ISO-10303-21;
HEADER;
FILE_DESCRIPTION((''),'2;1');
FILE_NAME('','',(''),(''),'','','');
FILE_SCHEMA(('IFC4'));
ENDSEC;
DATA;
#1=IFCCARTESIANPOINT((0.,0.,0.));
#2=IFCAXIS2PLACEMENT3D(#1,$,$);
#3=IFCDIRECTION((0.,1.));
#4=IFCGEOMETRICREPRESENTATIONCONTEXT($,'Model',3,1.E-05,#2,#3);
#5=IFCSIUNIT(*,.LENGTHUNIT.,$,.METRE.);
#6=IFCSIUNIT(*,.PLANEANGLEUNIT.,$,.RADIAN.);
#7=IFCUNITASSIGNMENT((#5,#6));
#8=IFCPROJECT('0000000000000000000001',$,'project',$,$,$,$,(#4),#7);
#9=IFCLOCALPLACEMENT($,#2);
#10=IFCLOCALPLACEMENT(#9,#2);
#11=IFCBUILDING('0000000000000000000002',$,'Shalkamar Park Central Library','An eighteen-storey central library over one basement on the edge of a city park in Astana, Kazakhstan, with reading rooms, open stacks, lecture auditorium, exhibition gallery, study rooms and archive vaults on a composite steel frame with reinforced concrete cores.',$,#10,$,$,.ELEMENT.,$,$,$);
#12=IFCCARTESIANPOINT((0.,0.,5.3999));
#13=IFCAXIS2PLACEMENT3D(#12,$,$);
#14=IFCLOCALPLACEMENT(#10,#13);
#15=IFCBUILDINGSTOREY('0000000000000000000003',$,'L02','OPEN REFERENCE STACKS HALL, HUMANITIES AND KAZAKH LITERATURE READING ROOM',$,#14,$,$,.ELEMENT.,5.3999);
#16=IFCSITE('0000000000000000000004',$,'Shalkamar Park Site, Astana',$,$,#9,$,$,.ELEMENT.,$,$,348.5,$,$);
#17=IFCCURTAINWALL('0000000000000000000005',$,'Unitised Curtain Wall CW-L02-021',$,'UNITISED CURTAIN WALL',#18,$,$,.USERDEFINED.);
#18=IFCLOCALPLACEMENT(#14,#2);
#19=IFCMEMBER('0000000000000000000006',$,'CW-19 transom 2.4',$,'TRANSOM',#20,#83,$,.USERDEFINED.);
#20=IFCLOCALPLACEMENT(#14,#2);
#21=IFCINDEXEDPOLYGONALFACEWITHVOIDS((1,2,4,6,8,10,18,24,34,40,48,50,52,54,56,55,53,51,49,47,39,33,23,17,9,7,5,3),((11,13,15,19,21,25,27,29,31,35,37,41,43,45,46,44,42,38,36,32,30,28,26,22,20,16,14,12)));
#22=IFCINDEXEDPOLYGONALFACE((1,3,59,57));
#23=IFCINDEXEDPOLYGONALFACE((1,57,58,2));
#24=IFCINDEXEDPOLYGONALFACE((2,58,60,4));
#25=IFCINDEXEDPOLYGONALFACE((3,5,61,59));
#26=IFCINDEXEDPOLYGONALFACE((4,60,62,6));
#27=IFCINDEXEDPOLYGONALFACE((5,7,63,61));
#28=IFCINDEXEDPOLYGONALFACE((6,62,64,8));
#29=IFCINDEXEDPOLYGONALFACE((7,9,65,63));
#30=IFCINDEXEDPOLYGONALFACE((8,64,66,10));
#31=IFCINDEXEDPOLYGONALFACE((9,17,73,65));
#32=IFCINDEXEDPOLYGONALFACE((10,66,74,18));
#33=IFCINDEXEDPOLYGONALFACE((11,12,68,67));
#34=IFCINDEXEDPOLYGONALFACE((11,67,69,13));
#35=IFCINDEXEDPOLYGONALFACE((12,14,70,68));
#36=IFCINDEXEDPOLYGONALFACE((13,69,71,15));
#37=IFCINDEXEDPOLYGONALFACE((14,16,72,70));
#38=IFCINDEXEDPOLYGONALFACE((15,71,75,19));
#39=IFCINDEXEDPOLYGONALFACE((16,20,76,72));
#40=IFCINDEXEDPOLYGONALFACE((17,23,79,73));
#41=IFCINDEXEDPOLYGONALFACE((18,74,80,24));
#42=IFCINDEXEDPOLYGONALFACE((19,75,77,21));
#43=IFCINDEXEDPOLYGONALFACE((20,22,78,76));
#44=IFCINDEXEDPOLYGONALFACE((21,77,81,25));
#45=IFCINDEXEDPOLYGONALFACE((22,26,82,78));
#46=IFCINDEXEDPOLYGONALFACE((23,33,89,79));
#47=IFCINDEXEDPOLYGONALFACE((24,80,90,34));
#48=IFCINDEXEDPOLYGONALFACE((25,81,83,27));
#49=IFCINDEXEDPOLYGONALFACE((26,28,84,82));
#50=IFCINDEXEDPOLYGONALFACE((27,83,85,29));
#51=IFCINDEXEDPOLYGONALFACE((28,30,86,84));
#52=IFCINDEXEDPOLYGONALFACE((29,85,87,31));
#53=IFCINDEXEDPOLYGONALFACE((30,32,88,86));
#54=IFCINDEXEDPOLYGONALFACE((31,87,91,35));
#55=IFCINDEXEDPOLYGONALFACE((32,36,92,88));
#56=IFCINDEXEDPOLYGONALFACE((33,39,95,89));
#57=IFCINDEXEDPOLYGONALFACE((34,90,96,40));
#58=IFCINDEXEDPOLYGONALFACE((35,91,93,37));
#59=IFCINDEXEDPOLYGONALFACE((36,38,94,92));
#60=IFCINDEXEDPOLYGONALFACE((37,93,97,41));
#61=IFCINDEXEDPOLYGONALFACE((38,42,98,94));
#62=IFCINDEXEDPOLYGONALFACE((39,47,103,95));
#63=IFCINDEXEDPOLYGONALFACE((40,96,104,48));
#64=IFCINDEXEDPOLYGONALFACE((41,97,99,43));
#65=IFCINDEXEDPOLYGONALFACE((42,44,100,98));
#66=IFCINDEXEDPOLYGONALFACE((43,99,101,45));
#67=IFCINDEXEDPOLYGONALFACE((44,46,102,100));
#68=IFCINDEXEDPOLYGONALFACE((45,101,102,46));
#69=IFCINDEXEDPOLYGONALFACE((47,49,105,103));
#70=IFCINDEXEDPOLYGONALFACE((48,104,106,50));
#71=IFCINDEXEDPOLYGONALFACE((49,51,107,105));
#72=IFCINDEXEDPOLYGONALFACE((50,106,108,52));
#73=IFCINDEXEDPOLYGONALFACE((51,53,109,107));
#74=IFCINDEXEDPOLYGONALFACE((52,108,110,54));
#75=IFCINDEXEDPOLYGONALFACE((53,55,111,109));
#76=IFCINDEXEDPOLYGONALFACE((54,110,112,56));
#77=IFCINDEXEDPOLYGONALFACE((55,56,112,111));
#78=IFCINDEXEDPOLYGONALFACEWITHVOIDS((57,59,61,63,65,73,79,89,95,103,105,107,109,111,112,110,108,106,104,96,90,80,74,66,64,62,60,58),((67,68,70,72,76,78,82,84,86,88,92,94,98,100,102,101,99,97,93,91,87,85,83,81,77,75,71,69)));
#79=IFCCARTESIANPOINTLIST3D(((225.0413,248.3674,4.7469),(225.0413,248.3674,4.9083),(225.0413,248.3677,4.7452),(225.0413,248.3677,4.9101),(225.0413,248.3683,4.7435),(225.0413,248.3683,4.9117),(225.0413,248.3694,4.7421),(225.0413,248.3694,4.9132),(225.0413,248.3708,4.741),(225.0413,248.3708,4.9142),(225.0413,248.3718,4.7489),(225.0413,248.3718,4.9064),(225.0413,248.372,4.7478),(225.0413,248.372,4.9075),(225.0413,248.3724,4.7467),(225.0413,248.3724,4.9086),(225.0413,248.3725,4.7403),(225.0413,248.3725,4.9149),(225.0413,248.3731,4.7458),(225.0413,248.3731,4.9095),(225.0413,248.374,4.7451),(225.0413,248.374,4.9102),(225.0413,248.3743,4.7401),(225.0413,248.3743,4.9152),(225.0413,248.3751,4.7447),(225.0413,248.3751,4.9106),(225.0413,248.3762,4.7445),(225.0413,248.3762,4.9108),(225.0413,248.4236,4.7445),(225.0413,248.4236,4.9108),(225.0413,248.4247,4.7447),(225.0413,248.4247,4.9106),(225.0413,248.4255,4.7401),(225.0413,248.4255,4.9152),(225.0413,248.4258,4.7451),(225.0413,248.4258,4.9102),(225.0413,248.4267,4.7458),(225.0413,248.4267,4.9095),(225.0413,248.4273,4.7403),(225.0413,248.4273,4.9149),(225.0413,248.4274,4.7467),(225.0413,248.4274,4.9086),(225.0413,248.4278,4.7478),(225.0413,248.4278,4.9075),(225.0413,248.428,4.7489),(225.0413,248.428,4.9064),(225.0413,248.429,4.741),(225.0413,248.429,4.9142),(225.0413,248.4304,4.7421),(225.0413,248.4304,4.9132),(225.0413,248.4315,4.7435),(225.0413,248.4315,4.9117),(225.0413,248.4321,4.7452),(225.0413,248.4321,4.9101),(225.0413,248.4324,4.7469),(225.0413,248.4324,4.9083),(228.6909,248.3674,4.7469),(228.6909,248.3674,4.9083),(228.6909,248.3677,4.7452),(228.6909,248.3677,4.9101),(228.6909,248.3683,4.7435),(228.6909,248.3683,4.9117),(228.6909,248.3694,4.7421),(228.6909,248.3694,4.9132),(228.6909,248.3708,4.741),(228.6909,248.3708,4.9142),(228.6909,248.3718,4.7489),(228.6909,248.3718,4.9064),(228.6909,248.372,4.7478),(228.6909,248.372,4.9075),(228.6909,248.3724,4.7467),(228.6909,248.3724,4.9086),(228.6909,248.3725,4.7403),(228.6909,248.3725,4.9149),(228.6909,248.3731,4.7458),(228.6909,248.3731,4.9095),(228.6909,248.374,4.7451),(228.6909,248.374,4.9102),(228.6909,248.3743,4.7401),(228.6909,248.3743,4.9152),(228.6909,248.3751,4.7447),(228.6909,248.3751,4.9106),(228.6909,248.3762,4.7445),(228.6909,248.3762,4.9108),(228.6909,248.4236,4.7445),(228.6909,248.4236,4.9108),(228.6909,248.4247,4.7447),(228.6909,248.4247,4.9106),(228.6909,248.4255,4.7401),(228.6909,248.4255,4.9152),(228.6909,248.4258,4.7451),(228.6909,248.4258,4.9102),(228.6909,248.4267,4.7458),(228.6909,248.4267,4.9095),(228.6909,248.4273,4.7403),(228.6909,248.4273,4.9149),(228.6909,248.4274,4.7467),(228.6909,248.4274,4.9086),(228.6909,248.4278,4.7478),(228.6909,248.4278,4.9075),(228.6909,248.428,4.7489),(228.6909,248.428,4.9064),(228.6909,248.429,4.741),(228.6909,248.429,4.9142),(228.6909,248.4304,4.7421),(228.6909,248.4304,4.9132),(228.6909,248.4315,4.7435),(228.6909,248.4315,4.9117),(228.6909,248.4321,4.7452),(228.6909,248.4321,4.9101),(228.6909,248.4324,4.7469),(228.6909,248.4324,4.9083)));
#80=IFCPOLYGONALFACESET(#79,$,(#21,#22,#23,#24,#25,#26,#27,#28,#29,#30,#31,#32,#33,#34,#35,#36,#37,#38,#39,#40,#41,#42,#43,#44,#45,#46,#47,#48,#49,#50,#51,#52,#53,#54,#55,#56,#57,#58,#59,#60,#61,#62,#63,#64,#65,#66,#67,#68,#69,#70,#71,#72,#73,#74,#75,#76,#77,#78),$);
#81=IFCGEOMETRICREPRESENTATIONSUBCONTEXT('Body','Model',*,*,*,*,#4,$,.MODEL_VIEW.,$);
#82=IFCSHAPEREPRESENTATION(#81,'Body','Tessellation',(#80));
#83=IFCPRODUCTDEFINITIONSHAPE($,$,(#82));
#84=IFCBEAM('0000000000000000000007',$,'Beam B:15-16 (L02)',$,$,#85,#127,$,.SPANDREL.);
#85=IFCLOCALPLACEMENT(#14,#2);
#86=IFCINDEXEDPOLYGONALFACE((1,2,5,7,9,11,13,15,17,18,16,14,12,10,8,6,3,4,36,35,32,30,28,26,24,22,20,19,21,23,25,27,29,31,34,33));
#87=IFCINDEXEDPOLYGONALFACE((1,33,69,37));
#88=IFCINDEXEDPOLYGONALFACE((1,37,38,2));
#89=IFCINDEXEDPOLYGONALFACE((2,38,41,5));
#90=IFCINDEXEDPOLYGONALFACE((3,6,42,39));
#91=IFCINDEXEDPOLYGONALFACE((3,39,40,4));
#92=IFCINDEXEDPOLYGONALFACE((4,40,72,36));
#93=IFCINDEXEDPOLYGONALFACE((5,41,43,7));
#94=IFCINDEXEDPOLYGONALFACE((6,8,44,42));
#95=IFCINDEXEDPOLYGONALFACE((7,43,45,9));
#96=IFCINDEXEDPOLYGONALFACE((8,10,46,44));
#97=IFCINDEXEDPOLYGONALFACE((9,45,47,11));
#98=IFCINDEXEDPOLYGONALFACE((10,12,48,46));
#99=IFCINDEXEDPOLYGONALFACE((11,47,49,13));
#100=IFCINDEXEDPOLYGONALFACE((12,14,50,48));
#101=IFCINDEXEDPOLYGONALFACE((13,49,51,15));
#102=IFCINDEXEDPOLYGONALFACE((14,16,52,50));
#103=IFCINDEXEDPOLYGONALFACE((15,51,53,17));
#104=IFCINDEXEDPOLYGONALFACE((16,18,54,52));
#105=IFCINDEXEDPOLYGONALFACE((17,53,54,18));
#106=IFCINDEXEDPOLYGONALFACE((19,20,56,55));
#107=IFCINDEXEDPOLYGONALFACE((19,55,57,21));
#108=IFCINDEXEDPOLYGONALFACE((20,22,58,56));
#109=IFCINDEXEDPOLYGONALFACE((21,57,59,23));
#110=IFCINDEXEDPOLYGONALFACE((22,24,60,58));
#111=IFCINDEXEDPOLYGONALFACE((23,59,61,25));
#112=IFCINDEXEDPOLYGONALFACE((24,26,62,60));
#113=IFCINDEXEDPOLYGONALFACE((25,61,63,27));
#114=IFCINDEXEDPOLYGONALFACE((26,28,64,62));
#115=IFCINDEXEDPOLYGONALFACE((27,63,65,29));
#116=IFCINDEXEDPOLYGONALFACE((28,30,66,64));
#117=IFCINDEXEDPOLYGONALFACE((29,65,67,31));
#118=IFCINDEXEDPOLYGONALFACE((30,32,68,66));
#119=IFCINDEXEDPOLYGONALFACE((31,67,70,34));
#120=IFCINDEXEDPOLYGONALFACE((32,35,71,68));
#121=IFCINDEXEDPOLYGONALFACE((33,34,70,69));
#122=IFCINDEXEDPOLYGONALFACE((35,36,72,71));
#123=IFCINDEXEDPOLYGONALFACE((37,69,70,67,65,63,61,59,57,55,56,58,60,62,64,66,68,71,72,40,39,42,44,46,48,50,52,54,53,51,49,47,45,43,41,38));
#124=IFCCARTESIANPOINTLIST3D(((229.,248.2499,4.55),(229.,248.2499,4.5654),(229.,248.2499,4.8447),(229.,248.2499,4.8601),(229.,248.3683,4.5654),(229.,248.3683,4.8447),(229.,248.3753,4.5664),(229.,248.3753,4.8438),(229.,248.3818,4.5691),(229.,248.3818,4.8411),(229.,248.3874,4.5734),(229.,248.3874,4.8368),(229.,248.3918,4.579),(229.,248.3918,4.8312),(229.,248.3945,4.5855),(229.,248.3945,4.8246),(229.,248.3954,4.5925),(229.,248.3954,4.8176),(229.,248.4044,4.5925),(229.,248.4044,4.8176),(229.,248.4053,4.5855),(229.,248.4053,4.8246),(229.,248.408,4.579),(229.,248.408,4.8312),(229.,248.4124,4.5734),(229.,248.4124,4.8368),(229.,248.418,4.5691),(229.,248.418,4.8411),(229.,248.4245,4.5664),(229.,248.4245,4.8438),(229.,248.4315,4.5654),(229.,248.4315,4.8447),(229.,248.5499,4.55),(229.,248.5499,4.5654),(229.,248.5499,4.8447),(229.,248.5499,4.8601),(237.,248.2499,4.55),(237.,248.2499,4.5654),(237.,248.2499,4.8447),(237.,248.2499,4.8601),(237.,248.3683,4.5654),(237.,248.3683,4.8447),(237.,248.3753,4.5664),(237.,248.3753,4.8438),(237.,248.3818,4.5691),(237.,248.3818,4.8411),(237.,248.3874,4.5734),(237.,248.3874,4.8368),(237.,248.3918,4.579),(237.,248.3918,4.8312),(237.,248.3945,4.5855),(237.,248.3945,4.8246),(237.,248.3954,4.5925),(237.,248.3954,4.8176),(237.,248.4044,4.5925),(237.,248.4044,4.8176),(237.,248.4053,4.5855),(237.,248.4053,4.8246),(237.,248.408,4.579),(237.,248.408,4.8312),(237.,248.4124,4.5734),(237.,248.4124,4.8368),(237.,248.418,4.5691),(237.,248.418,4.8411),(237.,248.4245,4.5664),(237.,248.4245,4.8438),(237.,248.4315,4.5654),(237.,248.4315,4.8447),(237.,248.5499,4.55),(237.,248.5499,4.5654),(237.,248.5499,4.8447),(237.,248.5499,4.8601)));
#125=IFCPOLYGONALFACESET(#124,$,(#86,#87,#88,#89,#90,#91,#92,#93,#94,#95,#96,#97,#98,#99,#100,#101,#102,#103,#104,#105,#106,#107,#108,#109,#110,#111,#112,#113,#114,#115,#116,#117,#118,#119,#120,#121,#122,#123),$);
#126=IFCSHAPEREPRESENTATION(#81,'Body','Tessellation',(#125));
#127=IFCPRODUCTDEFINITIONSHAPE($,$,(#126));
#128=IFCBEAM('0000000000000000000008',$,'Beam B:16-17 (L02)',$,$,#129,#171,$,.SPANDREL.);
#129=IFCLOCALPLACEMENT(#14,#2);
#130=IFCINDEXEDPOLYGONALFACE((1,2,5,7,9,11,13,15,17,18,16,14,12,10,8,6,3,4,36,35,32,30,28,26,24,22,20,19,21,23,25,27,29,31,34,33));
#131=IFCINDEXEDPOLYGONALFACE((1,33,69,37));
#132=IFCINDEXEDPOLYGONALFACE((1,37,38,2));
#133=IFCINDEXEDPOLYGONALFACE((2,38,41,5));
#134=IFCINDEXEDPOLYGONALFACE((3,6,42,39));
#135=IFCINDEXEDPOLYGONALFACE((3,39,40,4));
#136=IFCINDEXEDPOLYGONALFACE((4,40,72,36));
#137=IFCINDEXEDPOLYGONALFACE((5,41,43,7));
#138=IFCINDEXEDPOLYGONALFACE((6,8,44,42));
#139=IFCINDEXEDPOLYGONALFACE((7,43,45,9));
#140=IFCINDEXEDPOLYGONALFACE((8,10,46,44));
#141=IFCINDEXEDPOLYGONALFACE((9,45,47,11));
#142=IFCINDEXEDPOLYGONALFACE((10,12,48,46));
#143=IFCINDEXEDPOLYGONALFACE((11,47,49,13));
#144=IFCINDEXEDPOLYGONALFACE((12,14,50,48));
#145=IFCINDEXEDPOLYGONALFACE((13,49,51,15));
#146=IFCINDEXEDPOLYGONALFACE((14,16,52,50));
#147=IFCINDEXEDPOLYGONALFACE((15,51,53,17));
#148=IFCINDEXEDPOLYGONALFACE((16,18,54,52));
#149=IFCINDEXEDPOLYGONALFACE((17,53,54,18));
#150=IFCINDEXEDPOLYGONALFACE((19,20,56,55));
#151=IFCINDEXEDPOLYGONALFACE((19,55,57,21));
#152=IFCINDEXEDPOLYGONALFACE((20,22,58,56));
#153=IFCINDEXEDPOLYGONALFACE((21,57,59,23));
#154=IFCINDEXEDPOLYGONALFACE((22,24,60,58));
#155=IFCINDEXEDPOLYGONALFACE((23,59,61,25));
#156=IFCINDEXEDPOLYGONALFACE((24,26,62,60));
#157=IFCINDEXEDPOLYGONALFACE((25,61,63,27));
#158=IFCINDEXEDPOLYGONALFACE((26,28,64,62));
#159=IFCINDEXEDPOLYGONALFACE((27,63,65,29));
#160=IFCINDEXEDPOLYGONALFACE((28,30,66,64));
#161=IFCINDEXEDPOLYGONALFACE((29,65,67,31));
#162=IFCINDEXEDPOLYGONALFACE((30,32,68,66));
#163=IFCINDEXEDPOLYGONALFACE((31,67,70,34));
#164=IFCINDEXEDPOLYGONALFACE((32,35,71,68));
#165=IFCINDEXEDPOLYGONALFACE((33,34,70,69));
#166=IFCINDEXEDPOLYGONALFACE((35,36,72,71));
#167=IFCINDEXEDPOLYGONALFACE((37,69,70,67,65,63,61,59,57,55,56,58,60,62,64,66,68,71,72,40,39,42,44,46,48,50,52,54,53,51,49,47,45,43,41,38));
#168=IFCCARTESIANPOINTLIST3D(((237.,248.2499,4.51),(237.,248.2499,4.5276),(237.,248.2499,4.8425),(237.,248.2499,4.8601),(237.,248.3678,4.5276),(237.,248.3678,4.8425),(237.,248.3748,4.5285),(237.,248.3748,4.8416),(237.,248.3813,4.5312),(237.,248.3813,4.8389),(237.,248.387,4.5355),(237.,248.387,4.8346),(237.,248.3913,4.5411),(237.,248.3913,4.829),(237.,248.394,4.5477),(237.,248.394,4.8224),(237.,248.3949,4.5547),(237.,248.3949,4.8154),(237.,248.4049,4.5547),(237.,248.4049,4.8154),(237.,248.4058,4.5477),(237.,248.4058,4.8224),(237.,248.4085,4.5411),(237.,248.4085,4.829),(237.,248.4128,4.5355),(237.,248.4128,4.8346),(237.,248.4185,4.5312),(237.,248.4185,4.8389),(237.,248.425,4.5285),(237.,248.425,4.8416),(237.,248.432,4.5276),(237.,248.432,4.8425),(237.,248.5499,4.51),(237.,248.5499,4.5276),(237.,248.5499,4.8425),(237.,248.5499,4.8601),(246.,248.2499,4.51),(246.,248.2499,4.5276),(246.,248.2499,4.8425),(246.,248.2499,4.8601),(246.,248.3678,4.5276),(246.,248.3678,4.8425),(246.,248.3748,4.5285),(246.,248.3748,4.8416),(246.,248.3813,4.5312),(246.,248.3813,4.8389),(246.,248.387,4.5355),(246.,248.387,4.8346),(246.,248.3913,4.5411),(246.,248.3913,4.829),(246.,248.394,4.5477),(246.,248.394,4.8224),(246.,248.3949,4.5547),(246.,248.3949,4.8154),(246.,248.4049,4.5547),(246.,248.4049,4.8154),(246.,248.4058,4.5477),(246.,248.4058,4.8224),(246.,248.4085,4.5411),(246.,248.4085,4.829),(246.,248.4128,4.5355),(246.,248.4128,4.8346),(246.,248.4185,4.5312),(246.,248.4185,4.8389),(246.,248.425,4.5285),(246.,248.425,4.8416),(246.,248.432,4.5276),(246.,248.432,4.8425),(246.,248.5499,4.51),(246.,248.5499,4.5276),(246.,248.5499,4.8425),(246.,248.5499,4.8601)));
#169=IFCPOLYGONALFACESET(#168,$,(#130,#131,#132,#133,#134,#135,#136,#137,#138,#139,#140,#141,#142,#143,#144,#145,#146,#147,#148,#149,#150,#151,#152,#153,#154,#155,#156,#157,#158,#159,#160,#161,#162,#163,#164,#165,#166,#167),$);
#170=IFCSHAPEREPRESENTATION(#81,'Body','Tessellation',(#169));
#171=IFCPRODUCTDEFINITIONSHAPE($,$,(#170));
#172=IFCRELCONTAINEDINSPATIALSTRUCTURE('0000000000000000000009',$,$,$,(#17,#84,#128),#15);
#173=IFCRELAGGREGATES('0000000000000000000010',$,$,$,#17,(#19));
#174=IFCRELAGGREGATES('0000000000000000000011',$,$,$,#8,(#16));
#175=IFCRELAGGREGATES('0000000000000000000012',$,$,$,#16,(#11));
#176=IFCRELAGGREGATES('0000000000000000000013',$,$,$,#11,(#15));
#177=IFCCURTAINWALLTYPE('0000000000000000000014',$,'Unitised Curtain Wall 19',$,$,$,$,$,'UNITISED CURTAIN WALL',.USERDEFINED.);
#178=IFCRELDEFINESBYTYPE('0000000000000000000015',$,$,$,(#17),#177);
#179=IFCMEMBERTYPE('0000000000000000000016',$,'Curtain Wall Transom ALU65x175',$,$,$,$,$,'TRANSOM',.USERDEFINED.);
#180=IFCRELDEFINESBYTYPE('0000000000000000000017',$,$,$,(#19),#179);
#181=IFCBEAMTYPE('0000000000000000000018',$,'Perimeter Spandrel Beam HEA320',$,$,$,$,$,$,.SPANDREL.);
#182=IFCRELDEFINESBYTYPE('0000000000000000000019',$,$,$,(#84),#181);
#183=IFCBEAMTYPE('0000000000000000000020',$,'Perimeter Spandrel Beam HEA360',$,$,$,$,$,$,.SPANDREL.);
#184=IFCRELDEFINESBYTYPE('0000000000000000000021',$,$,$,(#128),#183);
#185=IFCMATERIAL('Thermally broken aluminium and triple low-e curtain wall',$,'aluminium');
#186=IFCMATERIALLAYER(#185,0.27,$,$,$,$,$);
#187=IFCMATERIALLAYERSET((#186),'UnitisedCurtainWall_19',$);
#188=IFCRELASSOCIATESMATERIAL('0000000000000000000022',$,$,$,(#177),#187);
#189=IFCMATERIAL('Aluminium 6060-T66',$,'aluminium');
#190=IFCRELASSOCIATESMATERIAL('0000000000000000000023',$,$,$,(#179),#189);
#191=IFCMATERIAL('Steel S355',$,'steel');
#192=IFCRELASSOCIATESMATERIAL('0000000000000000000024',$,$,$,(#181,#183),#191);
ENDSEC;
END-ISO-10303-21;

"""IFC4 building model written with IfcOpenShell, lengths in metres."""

from ifc_helpers import new_model, si_unit, direction, frame, origin, origin_2d, place, context, subcontext, project, spatial, hollow_rectangle, i_section, extrude, material, layer, layer_set, material_profile, profile_set, type_object, element, aggregate, save


model = new_model("IFC4")

# Units and contexts
model_context = context("Model", 3, precision=1e-05, world=origin(), true_north=direction((0.0, 1.0)))
body_context = subcontext(model_context, "Body", "Model", "MODEL_VIEW")
ifc_project = project(units=[si_unit("LENGTHUNIT", "METRE"), si_unit("PLANEANGLEUNIT", "RADIAN")], contexts=[model_context])

# Site, building, storey
site_placement = place(None, origin())
site = spatial("IfcSite", under=ifc_project, at=site_placement, Name="Shalkamar Park Site, Astana", CompositionType="ELEMENT", RefElevation=348.5)
building_placement = place(site_placement, origin())
building = spatial("IfcBuilding", under=site, at=building_placement, Name="Shalkamar Park Central Library", Description="An eighteen-storey central library over one basement on the edge of a city park in Astana, Kazakhstan, with reading rooms, open stacks, lecture auditorium, exhibition gallery, study rooms and archive vaults on a composite steel frame with reinforced concrete cores.", CompositionType="ELEMENT")
storey_placement = place(building_placement, frame((0.0, 0.0, 5.3999)))
storey = spatial("IfcBuildingStorey", under=building, at=storey_placement, Name="L02", Description="OPEN REFERENCE STACKS HALL, HUMANITIES AND KAZAKH LITERATURE READING ROOM", CompositionType="ELEMENT", Elevation=5.3999)

# Shared definitions
ifc_material_1 = material(Name="Steel S355", Category="steel")

# Curtain wall, member
ifc_material_2 = material(Name="Thermally broken aluminium and triple low-e curtain wall", Category="aluminium")
ifc_layer_1 = layer(ifc_material_2, 0.27)
ifc_layer_set_1 = layer_set([ifc_layer_1], Name="UnitisedCurtainWall_19")
curtain_wall_type = type_object("IfcCurtainWallType", Name="Unitised Curtain Wall 19", ElementType="UNITISED CURTAIN WALL", PredefinedType="USERDEFINED", material=ifc_layer_set_1)
curtain_wall_placement = place(storey_placement, origin())
curtain_wall = element("IfcCurtainWall", 1, at=curtain_wall_placement, inside=storey, type_object=curtain_wall_type, Name="Unitised Curtain Wall CW-L02-021", ObjectType="UNITISED CURTAIN WALL", PredefinedType="USERDEFINED")
ifc_material_3 = material(Name="Aluminium 6060-T66", Category="aluminium")
ifc_material_profile_1 = material_profile(ifc_material_3, hollow_rectangle(XDim=0.0649, YDim=0.175, WallThickness=0.0044, InnerFilletRadius=0.0044, OuterFilletRadius=0.0068, at=origin_2d()), Name="ALU 65x175x4.5")
ifc_profile_set_1 = profile_set([ifc_material_profile_1], Name="Aluminium 6060-T66")
member_type_1 = type_object("IfcMemberType", Name="Curtain Wall Transom ALU65x175", ElementType="TRANSOM", PredefinedType="USERDEFINED", material=ifc_profile_set_1)
member_1_placement = place(storey_placement, frame((225.0413, 248.3999, 4.8276), z_axis=(1.0, 0.0, 0.0), x_axis=(0.0, 1.0, 0.0)))
member_1 = element("IfcMember", 2, at=member_1_placement, type_object=member_type_1, Name="CW-19 transom 2.4", ObjectType="TRANSOM", PredefinedType="USERDEFINED", context=body_context, shape_type="SweptSolid", body=[
    extrude(hollow_rectangle(XDim=0.0649, YDim=0.175, WallThickness=0.0044, InnerFilletRadius=0.0044, OuterFilletRadius=0.0068, at=origin_2d()), origin(), (0.0, 0.0, 1.0), 3.6497),
])

# Beams
ifc_material_profile_2 = material_profile(ifc_material_1, i_section(OverallWidth=0.3, OverallDepth=0.3101, WebThickness=0.009, FlangeThickness=0.0154, FilletRadius=0.0271, at=origin_2d()), Name="HEA 320")
ifc_profile_set_2 = profile_set([ifc_material_profile_2], Name="Steel S355")
beam_type_1 = type_object("IfcBeamType", Name="Perimeter Spandrel Beam HEA320", PredefinedType="SPANDREL", material=ifc_profile_set_2)
beam_1_placement = place(storey_placement, frame((229.0, 248.3999, 4.7051), z_axis=(1.0, 0.0, 0.0), x_axis=(0.0, 1.0, 0.0)))
element("IfcBeam", 3, at=beam_1_placement, inside=storey, type_object=beam_type_1, Name="Beam B:15-16 (L02)", PredefinedType="SPANDREL", context=body_context, shape_type="SweptSolid", body=[
    extrude(i_section(OverallWidth=0.3, OverallDepth=0.3101, WebThickness=0.009, FlangeThickness=0.0154, FilletRadius=0.0271, at=origin_2d()), origin(), (0.0, 0.0, 1.0), 8.0),
])
ifc_material_profile_3 = material_profile(ifc_material_1, i_section(OverallWidth=0.3, OverallDepth=0.3501, WebThickness=0.01, FlangeThickness=0.0176, FilletRadius=0.0271, at=origin_2d()), Name="HEA 360")
ifc_profile_set_3 = profile_set([ifc_material_profile_3], Name="Steel S355")
beam_type_2 = type_object("IfcBeamType", Name="Perimeter Spandrel Beam HEA360", PredefinedType="SPANDREL", material=ifc_profile_set_3)
beam_2_placement = place(storey_placement, frame((237.0, 248.3999, 4.6851), z_axis=(1.0, 0.0, 0.0), x_axis=(0.0, 1.0, 0.0)))
element("IfcBeam", 4, at=beam_2_placement, inside=storey, type_object=beam_type_2, Name="Beam B:16-17 (L02)", PredefinedType="SPANDREL", context=body_context, shape_type="SweptSolid", body=[
    extrude(i_section(OverallWidth=0.3, OverallDepth=0.3501, WebThickness=0.01, FlangeThickness=0.0176, FilletRadius=0.0271, at=origin_2d()), origin(), (0.0, 0.0, 1.0), 9.0),
])

aggregate(curtain_wall, [member_1])

save(model, "model.ifc")
